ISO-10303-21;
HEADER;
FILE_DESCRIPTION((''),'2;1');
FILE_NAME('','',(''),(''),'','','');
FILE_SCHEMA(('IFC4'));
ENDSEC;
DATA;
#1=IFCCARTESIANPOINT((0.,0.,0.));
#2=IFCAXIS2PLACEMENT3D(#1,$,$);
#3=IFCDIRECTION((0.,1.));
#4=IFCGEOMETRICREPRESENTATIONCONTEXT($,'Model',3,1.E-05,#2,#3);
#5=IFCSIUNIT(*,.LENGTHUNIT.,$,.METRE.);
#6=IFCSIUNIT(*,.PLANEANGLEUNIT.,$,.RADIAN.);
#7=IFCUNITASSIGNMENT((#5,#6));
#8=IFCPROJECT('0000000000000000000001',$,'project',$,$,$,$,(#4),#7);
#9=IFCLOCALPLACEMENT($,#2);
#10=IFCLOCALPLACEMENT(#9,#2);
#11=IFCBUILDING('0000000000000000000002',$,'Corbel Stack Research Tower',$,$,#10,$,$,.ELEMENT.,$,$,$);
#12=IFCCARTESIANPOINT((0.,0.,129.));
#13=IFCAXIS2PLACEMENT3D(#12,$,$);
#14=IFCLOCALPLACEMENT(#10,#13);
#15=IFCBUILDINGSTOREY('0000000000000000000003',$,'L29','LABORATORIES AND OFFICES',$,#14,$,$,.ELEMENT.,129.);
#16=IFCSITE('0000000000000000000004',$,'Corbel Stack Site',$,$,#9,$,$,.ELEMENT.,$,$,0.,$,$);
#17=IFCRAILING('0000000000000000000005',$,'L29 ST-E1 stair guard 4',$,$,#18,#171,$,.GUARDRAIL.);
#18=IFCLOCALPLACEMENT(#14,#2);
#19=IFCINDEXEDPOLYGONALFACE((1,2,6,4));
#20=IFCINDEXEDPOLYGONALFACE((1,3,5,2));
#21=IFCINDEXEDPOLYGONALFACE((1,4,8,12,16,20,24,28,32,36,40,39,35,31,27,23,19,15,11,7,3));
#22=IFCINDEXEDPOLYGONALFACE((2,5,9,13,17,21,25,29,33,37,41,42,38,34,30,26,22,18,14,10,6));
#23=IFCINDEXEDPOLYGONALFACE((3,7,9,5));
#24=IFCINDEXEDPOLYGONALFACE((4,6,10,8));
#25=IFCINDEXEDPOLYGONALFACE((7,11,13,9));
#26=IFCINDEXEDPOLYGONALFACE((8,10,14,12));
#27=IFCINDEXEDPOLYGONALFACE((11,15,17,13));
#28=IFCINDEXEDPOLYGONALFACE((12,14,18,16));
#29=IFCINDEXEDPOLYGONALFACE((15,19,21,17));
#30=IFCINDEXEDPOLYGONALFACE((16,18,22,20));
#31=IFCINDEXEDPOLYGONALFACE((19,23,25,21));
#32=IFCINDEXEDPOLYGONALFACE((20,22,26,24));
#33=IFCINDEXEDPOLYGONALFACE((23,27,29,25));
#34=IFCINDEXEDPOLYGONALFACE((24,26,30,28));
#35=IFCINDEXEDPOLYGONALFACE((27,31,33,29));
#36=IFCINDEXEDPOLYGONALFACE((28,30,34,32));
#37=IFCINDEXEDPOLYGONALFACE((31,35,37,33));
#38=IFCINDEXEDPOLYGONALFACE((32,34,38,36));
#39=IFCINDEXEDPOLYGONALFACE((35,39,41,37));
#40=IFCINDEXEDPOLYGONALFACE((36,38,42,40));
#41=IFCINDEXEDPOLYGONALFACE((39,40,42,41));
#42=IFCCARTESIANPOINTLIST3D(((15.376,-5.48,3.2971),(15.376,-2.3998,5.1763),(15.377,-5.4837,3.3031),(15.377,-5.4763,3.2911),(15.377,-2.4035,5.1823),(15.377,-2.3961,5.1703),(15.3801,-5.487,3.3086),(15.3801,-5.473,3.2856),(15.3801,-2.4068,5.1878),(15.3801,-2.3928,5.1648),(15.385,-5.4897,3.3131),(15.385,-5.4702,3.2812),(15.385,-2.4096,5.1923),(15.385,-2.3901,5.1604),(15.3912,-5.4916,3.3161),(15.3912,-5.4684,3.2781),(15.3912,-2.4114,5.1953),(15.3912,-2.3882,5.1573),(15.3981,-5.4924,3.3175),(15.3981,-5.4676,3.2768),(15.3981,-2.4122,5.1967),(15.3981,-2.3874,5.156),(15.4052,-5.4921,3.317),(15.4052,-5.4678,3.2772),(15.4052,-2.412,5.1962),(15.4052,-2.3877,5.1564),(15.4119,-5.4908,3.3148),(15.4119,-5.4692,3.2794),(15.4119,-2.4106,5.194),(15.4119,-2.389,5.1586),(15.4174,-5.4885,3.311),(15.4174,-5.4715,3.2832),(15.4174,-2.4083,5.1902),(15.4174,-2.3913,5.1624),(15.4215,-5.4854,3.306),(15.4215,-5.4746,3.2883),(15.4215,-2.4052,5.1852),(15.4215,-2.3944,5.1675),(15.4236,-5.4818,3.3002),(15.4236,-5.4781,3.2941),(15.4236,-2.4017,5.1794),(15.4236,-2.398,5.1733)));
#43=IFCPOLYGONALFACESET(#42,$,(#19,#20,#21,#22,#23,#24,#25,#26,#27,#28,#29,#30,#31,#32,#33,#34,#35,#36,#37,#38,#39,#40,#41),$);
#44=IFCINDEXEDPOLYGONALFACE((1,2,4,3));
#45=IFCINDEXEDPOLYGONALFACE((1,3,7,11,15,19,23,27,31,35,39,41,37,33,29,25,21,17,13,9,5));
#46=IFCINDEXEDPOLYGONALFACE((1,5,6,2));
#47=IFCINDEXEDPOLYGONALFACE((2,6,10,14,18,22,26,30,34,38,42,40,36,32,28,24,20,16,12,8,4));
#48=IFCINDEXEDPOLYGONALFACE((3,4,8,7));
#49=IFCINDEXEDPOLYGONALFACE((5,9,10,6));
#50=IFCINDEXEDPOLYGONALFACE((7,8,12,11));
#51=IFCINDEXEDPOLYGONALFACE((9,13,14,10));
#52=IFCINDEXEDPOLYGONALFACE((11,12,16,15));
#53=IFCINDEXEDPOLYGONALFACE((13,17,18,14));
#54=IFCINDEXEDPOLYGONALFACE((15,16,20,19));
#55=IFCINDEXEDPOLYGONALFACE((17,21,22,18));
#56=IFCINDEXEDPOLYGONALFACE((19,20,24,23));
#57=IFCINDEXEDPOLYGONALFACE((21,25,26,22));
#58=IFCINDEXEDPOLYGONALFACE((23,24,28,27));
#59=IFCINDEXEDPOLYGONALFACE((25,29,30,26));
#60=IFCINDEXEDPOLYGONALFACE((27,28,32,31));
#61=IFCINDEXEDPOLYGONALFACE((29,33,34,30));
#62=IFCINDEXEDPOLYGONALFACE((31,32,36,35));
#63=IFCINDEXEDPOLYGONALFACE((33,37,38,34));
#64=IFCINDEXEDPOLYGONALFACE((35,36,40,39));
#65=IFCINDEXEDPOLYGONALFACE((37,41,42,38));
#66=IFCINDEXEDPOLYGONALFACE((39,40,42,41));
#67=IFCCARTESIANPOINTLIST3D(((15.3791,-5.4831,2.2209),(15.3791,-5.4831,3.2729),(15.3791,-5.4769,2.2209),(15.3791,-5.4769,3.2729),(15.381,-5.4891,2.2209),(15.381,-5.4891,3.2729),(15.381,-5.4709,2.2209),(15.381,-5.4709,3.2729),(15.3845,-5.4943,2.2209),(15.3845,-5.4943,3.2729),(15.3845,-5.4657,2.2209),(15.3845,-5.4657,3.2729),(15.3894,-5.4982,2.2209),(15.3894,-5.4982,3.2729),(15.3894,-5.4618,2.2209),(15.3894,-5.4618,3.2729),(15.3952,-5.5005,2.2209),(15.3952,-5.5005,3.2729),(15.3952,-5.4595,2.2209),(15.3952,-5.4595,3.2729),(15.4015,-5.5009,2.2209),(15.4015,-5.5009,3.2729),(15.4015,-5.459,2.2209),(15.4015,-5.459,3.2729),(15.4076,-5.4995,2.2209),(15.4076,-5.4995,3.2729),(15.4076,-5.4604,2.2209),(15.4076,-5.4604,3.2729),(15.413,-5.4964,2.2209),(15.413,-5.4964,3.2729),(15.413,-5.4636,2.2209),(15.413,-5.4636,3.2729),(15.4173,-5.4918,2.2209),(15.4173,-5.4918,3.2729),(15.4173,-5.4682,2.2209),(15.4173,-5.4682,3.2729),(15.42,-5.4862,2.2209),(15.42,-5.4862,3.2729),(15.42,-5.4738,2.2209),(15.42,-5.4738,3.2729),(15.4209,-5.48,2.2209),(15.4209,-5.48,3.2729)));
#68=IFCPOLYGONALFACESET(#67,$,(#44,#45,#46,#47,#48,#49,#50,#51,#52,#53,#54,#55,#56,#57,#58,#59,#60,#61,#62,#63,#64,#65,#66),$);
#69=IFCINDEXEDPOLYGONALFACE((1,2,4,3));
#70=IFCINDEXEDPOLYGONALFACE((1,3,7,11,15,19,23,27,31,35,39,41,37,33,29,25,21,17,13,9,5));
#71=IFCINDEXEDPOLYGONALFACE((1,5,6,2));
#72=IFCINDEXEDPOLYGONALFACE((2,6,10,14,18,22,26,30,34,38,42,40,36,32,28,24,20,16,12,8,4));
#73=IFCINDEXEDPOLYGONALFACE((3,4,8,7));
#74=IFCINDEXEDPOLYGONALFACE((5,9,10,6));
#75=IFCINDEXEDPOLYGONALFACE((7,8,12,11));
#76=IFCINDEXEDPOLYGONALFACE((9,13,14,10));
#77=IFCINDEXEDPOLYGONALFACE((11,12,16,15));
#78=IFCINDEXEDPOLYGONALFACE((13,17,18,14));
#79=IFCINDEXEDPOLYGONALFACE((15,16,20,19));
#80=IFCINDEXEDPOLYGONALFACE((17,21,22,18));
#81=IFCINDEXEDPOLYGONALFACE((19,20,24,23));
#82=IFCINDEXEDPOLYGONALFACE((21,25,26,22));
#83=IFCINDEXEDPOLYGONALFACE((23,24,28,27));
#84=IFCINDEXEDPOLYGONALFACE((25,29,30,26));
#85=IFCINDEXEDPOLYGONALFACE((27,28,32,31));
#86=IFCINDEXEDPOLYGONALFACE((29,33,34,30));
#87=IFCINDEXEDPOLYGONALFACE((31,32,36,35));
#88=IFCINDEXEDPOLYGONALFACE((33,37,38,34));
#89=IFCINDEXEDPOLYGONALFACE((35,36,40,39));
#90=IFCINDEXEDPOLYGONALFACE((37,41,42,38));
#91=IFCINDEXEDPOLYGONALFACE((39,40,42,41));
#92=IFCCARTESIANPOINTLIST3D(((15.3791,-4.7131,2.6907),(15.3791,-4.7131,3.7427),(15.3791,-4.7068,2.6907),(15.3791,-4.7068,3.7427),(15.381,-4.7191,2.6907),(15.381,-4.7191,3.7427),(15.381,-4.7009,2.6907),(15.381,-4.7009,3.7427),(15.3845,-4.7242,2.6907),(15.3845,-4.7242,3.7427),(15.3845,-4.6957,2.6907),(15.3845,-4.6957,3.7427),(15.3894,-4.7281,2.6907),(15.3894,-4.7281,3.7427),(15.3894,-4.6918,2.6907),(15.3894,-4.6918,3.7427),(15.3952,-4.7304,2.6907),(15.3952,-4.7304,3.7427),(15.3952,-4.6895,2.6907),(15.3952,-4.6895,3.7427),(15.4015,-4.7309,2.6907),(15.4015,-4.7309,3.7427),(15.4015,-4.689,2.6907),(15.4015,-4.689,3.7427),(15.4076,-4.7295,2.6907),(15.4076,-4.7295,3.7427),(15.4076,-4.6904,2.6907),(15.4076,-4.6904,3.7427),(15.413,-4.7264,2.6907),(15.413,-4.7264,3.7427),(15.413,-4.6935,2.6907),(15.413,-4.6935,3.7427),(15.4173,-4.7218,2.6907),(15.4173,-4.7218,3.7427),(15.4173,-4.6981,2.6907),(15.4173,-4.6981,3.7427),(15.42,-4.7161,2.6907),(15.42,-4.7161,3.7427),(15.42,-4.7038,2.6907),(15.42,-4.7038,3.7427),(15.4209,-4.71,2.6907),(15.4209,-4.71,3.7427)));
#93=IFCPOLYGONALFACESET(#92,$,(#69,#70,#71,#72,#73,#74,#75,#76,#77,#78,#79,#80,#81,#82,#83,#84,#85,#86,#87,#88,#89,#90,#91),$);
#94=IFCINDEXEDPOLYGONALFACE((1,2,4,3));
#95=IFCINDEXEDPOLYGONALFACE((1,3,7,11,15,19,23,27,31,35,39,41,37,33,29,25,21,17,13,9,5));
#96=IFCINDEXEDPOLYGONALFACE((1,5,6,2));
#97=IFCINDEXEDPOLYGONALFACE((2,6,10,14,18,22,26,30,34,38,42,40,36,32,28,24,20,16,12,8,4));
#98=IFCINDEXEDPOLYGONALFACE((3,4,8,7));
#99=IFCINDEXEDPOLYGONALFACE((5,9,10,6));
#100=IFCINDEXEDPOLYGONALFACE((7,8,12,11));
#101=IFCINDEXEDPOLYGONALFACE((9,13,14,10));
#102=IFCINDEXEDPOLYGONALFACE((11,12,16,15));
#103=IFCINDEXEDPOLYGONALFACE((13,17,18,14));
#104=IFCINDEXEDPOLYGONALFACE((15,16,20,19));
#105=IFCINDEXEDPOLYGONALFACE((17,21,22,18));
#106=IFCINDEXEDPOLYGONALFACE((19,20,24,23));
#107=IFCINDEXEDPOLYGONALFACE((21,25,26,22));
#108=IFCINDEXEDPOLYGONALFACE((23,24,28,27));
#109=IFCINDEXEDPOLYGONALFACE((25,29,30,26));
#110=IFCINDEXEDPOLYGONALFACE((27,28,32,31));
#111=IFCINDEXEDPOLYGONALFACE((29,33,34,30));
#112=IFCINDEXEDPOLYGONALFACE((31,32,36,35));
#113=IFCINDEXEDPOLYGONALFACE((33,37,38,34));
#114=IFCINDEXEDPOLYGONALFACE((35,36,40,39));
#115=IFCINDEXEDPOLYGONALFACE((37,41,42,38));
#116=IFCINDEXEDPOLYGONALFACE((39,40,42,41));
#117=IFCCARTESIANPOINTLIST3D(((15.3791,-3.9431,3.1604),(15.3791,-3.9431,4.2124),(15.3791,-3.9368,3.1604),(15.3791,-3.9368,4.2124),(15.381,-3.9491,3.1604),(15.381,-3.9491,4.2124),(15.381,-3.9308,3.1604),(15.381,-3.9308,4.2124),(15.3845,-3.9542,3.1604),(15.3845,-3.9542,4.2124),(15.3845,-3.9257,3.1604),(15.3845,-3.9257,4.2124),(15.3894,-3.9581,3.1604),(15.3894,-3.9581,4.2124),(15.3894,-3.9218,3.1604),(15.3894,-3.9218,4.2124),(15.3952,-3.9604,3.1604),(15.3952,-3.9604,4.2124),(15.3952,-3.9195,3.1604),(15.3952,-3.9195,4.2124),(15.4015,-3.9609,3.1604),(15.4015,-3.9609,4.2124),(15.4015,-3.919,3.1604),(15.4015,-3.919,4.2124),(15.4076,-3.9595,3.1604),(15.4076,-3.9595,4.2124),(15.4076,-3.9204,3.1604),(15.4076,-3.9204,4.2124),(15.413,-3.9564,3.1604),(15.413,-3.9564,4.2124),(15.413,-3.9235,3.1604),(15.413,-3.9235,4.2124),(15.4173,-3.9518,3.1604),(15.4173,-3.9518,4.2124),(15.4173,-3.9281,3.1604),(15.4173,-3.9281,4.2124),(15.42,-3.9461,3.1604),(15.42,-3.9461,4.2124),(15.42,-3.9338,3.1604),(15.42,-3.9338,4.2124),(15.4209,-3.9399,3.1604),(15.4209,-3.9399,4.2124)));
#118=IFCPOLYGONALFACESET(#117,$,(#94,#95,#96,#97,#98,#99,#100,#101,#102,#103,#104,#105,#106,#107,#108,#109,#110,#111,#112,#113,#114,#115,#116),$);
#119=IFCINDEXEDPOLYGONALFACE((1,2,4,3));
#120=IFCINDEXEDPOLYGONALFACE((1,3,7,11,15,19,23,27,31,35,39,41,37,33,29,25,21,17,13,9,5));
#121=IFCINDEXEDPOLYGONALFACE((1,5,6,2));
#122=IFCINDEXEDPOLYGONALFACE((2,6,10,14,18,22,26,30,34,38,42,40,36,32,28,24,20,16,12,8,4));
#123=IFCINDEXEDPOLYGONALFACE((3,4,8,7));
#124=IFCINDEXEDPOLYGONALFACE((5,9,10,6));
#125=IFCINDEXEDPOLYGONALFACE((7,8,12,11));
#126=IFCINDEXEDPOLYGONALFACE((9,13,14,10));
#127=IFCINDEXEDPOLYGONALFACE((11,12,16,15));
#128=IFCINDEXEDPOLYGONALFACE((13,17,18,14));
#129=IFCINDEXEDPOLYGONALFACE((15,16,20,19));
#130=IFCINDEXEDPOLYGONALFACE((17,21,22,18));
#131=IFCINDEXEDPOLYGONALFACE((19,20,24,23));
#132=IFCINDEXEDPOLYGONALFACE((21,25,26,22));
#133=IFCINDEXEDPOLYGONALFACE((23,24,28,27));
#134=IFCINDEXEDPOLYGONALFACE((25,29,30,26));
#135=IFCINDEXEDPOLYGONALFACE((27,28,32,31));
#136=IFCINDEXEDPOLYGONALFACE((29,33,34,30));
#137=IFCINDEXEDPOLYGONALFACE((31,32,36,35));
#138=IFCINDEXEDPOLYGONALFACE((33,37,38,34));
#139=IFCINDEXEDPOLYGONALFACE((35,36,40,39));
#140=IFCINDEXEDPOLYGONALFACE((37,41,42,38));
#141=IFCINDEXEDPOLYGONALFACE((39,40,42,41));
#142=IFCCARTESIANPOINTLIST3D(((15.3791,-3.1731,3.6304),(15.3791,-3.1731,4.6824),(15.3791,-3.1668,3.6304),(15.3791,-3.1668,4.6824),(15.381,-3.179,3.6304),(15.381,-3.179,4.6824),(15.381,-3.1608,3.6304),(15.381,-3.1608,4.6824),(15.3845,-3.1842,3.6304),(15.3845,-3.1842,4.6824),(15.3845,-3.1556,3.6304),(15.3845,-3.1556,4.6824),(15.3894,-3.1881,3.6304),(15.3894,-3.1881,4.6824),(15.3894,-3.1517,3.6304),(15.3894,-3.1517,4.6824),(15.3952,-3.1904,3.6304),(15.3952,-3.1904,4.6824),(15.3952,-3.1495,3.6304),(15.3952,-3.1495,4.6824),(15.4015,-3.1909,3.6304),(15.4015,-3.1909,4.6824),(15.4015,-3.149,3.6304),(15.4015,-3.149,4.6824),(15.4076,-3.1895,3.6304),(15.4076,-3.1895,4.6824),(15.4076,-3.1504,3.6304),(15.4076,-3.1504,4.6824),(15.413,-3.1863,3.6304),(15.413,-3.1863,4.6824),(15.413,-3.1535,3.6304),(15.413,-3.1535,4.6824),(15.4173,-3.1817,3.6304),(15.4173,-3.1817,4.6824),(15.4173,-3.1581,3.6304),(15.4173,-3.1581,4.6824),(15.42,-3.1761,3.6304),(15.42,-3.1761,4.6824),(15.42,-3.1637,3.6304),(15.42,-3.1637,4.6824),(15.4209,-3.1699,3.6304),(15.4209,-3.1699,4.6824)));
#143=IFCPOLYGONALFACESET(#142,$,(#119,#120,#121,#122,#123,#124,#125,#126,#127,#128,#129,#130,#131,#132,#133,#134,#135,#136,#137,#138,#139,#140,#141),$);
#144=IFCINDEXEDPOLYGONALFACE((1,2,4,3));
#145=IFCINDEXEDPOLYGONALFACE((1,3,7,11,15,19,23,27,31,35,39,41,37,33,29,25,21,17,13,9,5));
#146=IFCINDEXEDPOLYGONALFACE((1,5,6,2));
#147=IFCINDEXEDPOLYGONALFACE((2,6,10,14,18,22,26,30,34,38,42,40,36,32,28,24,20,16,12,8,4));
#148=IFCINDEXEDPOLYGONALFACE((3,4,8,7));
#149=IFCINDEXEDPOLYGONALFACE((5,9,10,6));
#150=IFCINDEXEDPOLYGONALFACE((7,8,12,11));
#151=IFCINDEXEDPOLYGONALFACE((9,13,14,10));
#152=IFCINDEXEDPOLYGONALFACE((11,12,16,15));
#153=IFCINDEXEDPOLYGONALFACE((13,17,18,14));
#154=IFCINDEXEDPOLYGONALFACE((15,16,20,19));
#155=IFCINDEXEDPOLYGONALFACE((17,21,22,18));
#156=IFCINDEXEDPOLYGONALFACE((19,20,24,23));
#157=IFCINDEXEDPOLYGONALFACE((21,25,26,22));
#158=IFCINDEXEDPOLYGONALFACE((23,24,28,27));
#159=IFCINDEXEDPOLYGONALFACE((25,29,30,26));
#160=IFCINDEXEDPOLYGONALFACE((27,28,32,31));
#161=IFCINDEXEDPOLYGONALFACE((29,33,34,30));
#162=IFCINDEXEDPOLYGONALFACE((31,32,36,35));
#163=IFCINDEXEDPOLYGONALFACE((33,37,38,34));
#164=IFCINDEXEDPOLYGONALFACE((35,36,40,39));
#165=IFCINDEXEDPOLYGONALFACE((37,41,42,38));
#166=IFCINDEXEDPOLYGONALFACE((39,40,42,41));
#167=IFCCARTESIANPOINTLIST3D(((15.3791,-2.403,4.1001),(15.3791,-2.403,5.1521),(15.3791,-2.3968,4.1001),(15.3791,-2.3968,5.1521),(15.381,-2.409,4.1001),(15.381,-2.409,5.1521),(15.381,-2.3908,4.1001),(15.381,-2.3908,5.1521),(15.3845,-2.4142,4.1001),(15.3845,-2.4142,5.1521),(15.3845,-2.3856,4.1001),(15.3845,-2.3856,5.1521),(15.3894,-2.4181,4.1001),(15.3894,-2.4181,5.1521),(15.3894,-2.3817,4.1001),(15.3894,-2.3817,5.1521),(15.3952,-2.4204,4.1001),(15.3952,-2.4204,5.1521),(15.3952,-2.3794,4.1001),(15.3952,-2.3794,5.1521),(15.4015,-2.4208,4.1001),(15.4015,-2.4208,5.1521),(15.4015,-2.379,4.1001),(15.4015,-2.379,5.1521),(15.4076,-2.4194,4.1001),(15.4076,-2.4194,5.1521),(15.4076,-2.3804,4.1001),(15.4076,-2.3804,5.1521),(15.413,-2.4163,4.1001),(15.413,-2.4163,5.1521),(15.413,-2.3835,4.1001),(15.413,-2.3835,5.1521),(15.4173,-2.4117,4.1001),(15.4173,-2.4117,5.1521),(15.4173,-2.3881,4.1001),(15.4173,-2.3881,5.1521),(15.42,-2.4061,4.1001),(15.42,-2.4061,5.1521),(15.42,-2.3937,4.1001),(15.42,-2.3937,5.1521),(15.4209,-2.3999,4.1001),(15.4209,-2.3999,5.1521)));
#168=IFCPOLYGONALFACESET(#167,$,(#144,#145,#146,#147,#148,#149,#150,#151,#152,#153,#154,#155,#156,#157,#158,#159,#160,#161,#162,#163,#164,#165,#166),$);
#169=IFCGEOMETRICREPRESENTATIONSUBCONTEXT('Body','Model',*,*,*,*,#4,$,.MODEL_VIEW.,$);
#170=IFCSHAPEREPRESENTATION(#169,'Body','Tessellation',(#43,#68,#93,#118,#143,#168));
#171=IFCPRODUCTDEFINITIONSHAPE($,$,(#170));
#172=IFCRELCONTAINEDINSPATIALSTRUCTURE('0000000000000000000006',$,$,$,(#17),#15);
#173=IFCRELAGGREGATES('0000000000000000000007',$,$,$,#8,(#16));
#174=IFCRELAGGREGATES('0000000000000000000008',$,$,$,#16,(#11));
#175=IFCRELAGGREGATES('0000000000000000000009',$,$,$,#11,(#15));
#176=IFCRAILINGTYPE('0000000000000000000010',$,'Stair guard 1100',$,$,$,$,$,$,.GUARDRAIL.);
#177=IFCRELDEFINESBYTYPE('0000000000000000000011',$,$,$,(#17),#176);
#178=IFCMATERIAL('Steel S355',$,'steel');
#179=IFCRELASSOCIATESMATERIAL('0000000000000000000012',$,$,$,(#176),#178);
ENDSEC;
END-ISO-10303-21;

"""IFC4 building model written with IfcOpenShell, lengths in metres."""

from ifc_helpers import new_model, si_unit, direction, frame, origin, origin_2d, place, context, subcontext, project, spatial, circle, extrude, material, type_object, element, save


model = new_model("IFC4")

# Units and contexts
model_context = context("Model", 3, precision=1e-05, world=origin(), true_north=direction((0.0, 1.0)))
body_context = subcontext(model_context, "Body", "Model", "MODEL_VIEW")
ifc_project = project(units=[si_unit("LENGTHUNIT", "METRE"), si_unit("PLANEANGLEUNIT", "RADIAN")], contexts=[model_context])

# Site, building, storey
site_placement = place(None, origin())
site = spatial("IfcSite", under=ifc_project, at=site_placement, Name="Corbel Stack Site", CompositionType="ELEMENT", RefElevation=0.0)
building_placement = place(site_placement, origin())
building = spatial("IfcBuilding", under=site, at=building_placement, Name="Corbel Stack Research Tower", CompositionType="ELEMENT")
storey_placement = place(building_placement, frame((0.0, 0.0, 129.0)))
storey = spatial("IfcBuildingStorey", under=building, at=storey_placement, Name="L29", Description="LABORATORIES AND OFFICES", CompositionType="ELEMENT", Elevation=129.0)

# Railing
ifc_material_1 = material(Name="Steel S355", Category="steel")
railing_type_1 = type_object("IfcRailingType", Name="Stair guard 1100", PredefinedType="GUARDRAIL", material=ifc_material_1)
railing_1_placement = place(storey_placement, frame((15.3999, -5.48, 2.2209)))
element("IfcRailing", 1, at=railing_1_placement, inside=storey, type_object=railing_type_1, Name="L29 ST-E1 stair guard 4", PredefinedType="GUARDRAIL", context=body_context, shape_type="SweptSolid", body=[
    extrude(circle(Radius=0.0239, at=origin_2d()), frame((0.0, 0.0, 1.0762), z_axis=(0.0, 0.853666, 0.52082), x_axis=(-1.0, 0.0, 0.0)), (0.0, 0.0, 1.0), 3.6082),
    extrude(circle(Radius=0.021, at=origin_2d()), origin(), (0.0, 0.0, 1.0), 1.052),
    extrude(circle(Radius=0.021, at=origin_2d()), frame((0.0, 0.77, 0.4697)), (0.0, 0.0, 1.0), 1.052),
    extrude(circle(Radius=0.021, at=origin_2d()), frame((0.0, 1.54, 0.9395)), (0.0, 0.0, 1.0), 1.052),
    extrude(circle(Radius=0.021, at=origin_2d()), frame((0.0, 2.3101, 1.4094)), (0.0, 0.0, 1.0), 1.052),
    extrude(circle(Radius=0.021, at=origin_2d()), frame((0.0, 3.0801, 1.8792)), (0.0, 0.0, 1.0), 1.052),
])

save(model, "model.ifc")
